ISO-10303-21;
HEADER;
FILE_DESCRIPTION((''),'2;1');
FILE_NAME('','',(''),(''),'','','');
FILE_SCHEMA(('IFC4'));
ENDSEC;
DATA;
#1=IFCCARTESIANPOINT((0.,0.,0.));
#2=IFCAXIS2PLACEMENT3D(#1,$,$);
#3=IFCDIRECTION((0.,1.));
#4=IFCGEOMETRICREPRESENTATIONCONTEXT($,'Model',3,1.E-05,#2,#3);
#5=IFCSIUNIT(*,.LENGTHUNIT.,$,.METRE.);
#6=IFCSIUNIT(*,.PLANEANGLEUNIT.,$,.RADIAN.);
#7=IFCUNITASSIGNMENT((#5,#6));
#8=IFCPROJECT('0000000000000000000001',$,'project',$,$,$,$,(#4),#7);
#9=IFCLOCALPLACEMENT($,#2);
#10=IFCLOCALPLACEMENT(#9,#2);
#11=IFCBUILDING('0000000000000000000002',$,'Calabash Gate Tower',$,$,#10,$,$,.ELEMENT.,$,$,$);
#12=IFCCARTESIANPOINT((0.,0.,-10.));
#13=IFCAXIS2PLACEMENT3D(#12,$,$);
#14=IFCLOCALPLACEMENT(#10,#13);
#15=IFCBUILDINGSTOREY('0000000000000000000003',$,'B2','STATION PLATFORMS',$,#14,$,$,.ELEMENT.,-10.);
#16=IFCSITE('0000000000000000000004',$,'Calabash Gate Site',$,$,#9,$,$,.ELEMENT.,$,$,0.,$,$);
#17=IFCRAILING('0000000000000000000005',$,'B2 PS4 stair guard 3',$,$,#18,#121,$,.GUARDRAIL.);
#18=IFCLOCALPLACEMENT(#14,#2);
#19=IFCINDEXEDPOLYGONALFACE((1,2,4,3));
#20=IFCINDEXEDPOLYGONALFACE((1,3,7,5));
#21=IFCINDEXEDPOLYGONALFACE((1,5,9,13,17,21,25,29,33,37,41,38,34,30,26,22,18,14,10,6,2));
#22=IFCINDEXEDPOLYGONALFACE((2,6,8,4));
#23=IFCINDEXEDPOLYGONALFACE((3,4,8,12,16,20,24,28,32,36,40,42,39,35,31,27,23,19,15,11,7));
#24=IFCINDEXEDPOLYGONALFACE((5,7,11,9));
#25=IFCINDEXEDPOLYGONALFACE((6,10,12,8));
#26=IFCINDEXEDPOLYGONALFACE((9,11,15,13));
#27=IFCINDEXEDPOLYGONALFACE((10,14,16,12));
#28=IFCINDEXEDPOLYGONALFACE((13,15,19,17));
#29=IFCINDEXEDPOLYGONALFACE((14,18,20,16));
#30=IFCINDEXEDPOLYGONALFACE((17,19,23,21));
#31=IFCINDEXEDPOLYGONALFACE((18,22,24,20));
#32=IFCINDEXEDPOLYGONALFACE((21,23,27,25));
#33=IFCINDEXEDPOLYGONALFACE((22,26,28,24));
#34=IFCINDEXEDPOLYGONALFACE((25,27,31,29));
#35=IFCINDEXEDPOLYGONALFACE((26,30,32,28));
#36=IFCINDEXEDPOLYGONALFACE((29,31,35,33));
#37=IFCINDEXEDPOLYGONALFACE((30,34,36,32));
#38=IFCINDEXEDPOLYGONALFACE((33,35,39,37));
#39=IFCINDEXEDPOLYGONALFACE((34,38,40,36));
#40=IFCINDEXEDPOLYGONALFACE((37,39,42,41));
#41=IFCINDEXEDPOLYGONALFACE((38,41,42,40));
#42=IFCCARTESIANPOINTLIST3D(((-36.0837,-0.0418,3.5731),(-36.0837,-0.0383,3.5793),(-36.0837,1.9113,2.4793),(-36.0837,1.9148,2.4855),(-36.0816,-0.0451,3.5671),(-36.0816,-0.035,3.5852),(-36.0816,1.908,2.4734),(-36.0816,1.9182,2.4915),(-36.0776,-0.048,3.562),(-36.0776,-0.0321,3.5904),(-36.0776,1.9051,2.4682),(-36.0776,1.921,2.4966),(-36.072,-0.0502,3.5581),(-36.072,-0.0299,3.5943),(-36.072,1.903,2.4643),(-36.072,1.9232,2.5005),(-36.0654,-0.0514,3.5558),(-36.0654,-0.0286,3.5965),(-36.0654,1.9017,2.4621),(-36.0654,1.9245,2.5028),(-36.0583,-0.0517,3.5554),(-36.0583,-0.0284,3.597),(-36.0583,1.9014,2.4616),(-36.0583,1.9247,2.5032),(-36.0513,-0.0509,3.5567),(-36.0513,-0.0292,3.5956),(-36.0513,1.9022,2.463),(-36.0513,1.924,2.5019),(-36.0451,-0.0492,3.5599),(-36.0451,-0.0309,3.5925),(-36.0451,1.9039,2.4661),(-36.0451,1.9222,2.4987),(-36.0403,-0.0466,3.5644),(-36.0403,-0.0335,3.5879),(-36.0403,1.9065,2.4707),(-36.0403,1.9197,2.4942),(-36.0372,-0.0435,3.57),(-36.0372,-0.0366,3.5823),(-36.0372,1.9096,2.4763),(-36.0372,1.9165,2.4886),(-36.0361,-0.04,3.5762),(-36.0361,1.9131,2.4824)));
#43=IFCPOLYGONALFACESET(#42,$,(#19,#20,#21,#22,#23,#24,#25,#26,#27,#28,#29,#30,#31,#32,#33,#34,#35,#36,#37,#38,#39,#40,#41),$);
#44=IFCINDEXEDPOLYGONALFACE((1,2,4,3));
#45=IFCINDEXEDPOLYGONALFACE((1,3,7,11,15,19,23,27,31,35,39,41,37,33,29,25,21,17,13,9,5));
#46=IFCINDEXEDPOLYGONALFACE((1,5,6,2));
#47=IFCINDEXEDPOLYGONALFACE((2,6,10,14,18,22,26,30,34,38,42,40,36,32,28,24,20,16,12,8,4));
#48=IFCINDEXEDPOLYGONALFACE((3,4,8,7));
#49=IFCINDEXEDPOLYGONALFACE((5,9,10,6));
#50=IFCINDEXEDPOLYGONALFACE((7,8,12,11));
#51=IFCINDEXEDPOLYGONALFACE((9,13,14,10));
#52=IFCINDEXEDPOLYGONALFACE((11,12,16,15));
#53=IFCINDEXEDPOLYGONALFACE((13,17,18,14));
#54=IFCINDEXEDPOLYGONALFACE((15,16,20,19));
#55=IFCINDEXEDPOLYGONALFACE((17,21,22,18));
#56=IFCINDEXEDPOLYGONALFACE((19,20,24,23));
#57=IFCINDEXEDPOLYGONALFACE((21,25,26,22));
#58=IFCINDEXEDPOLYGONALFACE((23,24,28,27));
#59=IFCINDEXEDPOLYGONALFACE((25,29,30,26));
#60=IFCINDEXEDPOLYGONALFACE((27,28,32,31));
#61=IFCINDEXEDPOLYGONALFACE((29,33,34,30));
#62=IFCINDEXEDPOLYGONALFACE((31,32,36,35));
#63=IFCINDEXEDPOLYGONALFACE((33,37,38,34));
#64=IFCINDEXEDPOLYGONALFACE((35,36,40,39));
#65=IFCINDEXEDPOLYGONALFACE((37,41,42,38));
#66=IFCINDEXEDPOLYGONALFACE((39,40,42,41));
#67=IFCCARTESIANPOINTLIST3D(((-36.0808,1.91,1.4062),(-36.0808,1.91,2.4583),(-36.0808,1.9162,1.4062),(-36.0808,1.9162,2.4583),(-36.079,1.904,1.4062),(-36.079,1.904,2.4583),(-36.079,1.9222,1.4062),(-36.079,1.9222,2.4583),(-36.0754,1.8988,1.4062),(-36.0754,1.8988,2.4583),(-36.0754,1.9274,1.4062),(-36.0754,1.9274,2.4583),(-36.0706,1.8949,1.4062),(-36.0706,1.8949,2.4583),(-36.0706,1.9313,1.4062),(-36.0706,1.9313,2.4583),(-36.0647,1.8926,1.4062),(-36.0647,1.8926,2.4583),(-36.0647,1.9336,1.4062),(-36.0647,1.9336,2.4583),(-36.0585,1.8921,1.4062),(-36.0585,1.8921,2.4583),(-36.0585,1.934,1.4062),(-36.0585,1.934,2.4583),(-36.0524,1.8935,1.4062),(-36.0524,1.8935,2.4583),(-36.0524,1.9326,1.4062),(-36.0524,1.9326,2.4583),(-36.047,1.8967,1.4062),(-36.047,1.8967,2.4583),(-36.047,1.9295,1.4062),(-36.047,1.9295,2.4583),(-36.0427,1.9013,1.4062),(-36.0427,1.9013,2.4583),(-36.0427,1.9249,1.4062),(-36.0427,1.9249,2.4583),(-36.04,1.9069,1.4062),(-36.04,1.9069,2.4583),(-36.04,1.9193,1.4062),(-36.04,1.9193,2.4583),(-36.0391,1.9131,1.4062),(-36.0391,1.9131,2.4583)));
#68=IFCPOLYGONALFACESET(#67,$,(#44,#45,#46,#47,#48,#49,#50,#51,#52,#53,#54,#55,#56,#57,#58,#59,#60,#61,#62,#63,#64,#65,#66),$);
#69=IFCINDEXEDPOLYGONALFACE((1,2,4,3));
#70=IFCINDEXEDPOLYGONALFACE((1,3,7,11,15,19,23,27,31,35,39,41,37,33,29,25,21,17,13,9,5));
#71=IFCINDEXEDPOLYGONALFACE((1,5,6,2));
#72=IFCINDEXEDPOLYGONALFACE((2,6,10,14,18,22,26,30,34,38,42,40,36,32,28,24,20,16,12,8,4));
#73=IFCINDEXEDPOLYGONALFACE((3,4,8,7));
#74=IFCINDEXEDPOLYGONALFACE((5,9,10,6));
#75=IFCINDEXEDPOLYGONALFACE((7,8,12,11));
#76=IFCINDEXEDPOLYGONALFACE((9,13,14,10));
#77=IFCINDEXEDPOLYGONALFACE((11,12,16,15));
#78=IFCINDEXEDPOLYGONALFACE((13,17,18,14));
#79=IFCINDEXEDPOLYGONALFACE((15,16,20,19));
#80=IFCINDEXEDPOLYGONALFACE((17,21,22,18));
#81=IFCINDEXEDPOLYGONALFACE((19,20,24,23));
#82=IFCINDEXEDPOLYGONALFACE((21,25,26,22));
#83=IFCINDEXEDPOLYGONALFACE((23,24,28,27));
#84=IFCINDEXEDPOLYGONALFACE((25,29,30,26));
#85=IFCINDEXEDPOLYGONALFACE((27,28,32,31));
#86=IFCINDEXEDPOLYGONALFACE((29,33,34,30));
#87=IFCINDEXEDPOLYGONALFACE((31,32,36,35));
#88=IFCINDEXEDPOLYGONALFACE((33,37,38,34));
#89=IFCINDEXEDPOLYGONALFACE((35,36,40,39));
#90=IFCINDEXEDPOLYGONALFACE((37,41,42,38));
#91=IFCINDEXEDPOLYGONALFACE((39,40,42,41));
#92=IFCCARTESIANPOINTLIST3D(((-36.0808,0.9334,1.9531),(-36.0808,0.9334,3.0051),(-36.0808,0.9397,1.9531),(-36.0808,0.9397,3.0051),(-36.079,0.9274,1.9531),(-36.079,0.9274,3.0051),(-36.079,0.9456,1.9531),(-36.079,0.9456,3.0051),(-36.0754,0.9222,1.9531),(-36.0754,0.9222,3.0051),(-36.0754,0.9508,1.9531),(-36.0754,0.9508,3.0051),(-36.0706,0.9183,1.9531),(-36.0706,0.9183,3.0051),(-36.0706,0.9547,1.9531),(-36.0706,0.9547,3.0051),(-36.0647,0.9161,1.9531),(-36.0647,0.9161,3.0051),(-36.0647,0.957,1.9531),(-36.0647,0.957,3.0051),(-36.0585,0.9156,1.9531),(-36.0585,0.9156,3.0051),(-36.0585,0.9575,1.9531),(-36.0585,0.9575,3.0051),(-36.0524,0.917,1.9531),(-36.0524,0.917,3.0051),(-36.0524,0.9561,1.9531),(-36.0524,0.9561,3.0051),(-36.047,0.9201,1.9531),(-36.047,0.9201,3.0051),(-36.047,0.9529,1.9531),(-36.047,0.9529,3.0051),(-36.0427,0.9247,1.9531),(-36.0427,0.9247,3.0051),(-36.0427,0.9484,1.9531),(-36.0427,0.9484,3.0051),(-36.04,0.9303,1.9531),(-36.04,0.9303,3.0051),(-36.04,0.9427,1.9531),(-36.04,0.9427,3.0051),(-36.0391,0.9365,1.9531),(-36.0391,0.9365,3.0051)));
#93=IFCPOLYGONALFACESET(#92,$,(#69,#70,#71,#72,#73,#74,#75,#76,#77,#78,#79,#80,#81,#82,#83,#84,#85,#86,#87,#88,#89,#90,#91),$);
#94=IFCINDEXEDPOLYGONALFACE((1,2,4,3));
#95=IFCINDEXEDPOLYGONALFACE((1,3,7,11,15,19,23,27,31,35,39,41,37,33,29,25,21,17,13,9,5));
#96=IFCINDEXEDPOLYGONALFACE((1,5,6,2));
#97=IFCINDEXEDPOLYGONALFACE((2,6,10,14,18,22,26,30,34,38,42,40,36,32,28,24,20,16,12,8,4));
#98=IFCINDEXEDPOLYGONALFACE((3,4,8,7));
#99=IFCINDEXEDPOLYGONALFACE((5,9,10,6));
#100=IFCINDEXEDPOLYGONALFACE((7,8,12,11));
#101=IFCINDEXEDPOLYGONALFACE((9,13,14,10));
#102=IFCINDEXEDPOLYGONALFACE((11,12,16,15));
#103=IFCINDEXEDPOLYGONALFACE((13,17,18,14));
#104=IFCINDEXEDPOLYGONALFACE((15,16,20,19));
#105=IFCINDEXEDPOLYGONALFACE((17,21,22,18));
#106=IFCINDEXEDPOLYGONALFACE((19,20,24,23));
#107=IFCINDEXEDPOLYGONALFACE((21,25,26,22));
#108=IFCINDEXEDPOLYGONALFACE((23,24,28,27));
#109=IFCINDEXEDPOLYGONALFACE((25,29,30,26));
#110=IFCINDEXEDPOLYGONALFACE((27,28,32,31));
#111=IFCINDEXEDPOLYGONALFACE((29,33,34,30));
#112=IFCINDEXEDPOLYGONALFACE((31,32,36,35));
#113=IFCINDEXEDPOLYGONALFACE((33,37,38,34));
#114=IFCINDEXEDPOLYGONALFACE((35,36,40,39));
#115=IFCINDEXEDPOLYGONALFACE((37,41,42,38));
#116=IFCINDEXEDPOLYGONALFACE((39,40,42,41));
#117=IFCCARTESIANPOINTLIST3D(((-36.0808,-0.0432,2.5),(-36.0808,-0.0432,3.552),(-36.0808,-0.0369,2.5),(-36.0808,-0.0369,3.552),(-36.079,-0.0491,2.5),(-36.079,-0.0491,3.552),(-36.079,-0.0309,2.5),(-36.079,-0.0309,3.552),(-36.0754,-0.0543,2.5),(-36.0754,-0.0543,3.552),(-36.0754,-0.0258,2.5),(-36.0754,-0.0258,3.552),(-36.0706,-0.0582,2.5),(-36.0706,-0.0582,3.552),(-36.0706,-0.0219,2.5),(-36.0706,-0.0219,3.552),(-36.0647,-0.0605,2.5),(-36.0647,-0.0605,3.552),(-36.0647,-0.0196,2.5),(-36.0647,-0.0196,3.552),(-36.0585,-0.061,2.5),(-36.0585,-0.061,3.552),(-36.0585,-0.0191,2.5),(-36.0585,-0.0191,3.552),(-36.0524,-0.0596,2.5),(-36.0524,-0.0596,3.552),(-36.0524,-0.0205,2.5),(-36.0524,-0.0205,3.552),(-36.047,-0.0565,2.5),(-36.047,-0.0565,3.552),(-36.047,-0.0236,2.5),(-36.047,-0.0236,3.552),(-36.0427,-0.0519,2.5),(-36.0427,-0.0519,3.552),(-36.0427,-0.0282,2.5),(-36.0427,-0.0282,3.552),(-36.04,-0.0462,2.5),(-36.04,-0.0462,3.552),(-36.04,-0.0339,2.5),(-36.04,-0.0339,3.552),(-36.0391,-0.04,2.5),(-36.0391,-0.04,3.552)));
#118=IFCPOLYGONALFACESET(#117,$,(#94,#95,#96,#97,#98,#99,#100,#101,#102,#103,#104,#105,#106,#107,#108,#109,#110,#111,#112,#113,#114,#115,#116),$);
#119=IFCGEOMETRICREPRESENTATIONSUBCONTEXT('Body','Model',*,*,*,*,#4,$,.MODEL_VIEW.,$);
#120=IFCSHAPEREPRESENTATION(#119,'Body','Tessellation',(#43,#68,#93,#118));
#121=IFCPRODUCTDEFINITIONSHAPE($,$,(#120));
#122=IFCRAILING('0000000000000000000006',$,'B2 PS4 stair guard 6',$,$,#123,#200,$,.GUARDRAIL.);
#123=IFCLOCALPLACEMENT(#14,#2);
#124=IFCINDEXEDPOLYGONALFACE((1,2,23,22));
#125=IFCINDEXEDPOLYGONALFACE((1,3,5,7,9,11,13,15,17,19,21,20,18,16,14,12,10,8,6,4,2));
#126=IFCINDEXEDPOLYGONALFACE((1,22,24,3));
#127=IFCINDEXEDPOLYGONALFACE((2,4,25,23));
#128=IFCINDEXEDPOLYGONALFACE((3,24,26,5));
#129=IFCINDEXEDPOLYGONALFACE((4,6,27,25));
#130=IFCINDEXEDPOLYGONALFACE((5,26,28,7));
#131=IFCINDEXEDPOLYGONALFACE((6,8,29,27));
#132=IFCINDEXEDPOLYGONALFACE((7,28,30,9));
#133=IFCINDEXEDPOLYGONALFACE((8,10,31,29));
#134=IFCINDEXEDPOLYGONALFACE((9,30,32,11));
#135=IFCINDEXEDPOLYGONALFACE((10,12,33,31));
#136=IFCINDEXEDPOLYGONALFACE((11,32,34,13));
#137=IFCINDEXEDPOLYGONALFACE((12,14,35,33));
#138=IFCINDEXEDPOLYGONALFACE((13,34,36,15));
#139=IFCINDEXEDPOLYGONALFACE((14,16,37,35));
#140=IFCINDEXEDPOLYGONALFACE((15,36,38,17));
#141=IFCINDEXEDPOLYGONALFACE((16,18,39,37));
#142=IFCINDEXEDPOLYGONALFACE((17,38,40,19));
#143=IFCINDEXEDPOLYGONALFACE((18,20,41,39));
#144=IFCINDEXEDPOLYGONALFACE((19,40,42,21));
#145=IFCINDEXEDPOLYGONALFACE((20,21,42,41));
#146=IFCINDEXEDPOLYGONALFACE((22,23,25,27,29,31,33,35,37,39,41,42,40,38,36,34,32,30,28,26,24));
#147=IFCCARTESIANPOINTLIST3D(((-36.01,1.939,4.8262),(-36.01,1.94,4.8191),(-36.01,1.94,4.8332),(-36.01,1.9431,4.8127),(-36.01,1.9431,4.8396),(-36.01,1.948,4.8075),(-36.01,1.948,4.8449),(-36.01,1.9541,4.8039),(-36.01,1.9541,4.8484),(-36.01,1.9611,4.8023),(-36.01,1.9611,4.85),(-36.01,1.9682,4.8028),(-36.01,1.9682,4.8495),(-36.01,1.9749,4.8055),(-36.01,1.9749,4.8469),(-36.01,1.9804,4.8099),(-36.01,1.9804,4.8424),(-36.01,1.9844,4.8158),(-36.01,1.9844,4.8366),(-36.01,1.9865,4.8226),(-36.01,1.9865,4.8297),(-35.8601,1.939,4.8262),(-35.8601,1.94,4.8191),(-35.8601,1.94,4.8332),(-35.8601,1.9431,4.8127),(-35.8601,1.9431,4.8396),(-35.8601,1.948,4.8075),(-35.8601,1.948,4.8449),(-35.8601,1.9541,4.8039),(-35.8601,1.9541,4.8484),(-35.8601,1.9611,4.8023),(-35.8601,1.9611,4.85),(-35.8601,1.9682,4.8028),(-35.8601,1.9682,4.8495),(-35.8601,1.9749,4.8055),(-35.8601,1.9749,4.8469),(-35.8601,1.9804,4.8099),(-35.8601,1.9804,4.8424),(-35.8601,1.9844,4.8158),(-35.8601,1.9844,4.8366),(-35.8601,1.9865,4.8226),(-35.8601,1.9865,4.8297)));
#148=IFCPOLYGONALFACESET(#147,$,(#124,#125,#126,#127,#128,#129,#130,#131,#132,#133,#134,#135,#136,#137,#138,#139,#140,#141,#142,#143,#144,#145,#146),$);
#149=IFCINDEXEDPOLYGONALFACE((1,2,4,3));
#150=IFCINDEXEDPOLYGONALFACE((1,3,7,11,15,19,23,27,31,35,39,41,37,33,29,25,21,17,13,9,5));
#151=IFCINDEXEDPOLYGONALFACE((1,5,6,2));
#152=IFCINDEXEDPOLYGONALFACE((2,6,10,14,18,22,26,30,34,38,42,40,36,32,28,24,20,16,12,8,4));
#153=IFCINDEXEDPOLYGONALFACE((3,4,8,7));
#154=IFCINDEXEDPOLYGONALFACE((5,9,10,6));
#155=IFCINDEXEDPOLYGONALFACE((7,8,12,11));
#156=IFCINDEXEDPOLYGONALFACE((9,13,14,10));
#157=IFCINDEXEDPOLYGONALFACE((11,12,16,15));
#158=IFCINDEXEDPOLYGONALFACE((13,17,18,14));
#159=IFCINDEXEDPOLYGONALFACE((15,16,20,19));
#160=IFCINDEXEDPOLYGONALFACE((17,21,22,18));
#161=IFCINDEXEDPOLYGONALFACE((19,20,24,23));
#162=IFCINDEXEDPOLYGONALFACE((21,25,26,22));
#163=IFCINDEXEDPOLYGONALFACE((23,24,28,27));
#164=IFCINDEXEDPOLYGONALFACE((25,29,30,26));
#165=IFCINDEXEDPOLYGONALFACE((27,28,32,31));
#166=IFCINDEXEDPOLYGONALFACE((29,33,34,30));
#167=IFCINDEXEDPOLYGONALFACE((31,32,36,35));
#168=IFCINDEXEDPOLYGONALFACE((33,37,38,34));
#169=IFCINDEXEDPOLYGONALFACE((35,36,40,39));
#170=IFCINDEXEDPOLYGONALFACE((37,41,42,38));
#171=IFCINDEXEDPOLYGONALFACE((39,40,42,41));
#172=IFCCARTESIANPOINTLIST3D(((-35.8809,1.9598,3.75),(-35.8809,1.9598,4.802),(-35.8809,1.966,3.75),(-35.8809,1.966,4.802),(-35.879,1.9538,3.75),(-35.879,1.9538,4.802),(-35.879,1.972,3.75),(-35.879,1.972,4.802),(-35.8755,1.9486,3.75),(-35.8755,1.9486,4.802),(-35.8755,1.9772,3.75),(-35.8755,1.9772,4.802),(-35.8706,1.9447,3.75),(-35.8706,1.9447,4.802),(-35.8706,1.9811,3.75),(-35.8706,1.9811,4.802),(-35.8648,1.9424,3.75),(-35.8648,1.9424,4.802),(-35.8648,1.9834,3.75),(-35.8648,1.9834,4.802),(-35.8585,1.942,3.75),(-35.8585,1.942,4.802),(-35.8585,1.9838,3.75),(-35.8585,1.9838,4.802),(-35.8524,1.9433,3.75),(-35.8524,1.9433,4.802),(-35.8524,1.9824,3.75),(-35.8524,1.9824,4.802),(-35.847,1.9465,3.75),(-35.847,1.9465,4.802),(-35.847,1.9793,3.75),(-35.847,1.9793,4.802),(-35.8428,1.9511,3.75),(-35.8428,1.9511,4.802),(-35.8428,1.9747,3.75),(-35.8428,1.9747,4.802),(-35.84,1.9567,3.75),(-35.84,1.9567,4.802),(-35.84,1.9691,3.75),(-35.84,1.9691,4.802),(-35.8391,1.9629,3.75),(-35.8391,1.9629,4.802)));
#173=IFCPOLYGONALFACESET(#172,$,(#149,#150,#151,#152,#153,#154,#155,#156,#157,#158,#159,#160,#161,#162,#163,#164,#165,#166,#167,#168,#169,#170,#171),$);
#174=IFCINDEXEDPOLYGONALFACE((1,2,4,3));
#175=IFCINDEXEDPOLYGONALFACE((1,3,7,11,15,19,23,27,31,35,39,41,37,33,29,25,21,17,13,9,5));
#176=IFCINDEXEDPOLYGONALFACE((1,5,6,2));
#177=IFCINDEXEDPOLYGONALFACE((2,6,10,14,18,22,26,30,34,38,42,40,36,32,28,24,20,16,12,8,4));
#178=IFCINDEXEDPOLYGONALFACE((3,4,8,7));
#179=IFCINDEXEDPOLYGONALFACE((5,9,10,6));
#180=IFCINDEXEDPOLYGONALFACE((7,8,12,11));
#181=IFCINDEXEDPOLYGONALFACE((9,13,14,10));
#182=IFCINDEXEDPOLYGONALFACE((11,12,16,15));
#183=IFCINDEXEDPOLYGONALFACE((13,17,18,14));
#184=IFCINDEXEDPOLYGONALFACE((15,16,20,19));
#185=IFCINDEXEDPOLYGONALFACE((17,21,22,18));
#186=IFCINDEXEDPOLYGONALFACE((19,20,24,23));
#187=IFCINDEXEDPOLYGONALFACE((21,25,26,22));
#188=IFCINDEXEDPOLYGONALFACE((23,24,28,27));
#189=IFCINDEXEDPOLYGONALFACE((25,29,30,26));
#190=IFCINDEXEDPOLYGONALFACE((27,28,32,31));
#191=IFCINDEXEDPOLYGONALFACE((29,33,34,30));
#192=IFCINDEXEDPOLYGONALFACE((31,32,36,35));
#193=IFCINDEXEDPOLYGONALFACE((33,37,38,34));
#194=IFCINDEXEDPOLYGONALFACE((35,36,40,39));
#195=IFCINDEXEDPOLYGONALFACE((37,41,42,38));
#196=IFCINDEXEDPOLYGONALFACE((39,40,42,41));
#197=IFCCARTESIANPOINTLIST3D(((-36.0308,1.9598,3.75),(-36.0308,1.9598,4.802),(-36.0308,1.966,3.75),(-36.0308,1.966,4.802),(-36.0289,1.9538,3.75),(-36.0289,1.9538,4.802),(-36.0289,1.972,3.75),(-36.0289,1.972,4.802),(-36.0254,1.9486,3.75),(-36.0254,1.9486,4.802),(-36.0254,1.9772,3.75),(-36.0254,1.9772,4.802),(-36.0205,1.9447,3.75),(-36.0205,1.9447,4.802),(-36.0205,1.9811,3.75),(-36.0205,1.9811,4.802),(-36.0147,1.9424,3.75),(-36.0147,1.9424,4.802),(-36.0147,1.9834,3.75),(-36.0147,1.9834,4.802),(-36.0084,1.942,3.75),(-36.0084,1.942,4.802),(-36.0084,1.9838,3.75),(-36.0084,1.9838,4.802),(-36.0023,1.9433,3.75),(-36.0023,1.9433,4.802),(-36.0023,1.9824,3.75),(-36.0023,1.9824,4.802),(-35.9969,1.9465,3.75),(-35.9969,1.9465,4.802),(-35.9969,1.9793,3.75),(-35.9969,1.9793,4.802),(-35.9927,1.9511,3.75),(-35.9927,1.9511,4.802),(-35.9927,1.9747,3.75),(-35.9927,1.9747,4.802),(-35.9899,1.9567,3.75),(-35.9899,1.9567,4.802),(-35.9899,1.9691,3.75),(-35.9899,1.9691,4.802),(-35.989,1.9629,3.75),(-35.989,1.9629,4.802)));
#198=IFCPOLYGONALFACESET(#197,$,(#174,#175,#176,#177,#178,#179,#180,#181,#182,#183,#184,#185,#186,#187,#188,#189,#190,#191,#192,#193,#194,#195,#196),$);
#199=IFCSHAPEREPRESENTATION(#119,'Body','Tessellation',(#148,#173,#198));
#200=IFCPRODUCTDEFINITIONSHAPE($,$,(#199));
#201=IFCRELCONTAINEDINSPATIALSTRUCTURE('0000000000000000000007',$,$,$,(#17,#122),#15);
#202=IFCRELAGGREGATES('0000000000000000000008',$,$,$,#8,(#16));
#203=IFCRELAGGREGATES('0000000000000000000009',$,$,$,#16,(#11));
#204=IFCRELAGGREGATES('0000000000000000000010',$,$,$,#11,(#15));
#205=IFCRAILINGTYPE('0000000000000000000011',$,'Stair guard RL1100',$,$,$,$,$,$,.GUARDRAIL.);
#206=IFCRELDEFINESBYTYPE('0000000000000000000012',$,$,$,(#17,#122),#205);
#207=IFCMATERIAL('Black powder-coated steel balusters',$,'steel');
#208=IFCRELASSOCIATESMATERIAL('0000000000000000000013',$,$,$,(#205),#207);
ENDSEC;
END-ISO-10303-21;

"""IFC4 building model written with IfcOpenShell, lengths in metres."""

from ifc_helpers import new_model, si_unit, direction, frame, origin, origin_2d, place, context, subcontext, project, spatial, circle, extrude, material, type_object, element, save


model = new_model("IFC4")

# Units and contexts
model_context = context("Model", 3, precision=1e-05, world=origin(), true_north=direction((0.0, 1.0)))
body_context = subcontext(model_context, "Body", "Model", "MODEL_VIEW")
ifc_project = project(units=[si_unit("LENGTHUNIT", "METRE"), si_unit("PLANEANGLEUNIT", "RADIAN")], contexts=[model_context])

# Site, building, storey
site_placement = place(None, origin())
site = spatial("IfcSite", under=ifc_project, at=site_placement, Name="Calabash Gate Site", CompositionType="ELEMENT", RefElevation=0.0)
building_placement = place(site_placement, origin())
building = spatial("IfcBuilding", under=site, at=building_placement, Name="Calabash Gate Tower", CompositionType="ELEMENT")
storey_placement = place(building_placement, frame((0.0, 0.0, -10.0)))
storey = spatial("IfcBuildingStorey", under=building, at=storey_placement, Name="B2", Description="STATION PLATFORMS", CompositionType="ELEMENT", Elevation=-10.0)

# Railings
ifc_material_1 = material(Name="Black powder-coated steel balusters", Category="steel")
railing_type_1 = type_object("IfcRailingType", Name="Stair guard RL1100", PredefinedType="GUARDRAIL", material=ifc_material_1)
railing_1_placement = place(storey_placement, frame((-36.0601, 1.9131, 1.4062)))
element("IfcRailing", 1, at=railing_1_placement, inside=storey, type_object=railing_type_1, Name="B2 PS4 stair guard 3", PredefinedType="GUARDRAIL", context=body_context, shape_type="SweptSolid", body=[
    extrude(circle(Radius=0.0239, at=origin_2d()), frame((0.0, 0.0, 1.0762), z_axis=(0.0, -0.872506, 0.488603), x_axis=(1.0, 0.0, 0.0)), (0.0, 0.0, 1.0), 2.2385),
    extrude(circle(Radius=0.021, at=origin_2d()), origin(), (0.0, 0.0, 1.0), 1.052),
    extrude(circle(Radius=0.021, at=origin_2d()), frame((0.0, -0.9766, 0.5469)), (0.0, 0.0, 1.0), 1.052),
    extrude(circle(Radius=0.021, at=origin_2d()), frame((0.0, -1.9531, 1.0938)), (0.0, 0.0, 1.0), 1.052),
])
railing_2_placement = place(storey_placement, frame((-35.8601, 1.9629, 3.75)))
element("IfcRailing", 2, at=railing_2_placement, inside=storey, type_object=railing_type_1, Name="B2 PS4 stair guard 6", PredefinedType="GUARDRAIL", context=body_context, shape_type="SweptSolid", body=[
    extrude(circle(Radius=0.0239, at=origin_2d()), frame((0.0, 0.0, 1.0762), z_axis=(-1.0, 0.0, 0.0), x_axis=(0.0, -1.0, 0.0)), (0.0, 0.0, 1.0), 0.1499),
    extrude(circle(Radius=0.021, at=origin_2d()), origin(), (0.0, 0.0, 1.0), 1.052),
    extrude(circle(Radius=0.021, at=origin_2d()), frame((-0.1499, 0.0, 0.0)), (0.0, 0.0, 1.0), 1.052),
])

save(model, "model.ifc")
